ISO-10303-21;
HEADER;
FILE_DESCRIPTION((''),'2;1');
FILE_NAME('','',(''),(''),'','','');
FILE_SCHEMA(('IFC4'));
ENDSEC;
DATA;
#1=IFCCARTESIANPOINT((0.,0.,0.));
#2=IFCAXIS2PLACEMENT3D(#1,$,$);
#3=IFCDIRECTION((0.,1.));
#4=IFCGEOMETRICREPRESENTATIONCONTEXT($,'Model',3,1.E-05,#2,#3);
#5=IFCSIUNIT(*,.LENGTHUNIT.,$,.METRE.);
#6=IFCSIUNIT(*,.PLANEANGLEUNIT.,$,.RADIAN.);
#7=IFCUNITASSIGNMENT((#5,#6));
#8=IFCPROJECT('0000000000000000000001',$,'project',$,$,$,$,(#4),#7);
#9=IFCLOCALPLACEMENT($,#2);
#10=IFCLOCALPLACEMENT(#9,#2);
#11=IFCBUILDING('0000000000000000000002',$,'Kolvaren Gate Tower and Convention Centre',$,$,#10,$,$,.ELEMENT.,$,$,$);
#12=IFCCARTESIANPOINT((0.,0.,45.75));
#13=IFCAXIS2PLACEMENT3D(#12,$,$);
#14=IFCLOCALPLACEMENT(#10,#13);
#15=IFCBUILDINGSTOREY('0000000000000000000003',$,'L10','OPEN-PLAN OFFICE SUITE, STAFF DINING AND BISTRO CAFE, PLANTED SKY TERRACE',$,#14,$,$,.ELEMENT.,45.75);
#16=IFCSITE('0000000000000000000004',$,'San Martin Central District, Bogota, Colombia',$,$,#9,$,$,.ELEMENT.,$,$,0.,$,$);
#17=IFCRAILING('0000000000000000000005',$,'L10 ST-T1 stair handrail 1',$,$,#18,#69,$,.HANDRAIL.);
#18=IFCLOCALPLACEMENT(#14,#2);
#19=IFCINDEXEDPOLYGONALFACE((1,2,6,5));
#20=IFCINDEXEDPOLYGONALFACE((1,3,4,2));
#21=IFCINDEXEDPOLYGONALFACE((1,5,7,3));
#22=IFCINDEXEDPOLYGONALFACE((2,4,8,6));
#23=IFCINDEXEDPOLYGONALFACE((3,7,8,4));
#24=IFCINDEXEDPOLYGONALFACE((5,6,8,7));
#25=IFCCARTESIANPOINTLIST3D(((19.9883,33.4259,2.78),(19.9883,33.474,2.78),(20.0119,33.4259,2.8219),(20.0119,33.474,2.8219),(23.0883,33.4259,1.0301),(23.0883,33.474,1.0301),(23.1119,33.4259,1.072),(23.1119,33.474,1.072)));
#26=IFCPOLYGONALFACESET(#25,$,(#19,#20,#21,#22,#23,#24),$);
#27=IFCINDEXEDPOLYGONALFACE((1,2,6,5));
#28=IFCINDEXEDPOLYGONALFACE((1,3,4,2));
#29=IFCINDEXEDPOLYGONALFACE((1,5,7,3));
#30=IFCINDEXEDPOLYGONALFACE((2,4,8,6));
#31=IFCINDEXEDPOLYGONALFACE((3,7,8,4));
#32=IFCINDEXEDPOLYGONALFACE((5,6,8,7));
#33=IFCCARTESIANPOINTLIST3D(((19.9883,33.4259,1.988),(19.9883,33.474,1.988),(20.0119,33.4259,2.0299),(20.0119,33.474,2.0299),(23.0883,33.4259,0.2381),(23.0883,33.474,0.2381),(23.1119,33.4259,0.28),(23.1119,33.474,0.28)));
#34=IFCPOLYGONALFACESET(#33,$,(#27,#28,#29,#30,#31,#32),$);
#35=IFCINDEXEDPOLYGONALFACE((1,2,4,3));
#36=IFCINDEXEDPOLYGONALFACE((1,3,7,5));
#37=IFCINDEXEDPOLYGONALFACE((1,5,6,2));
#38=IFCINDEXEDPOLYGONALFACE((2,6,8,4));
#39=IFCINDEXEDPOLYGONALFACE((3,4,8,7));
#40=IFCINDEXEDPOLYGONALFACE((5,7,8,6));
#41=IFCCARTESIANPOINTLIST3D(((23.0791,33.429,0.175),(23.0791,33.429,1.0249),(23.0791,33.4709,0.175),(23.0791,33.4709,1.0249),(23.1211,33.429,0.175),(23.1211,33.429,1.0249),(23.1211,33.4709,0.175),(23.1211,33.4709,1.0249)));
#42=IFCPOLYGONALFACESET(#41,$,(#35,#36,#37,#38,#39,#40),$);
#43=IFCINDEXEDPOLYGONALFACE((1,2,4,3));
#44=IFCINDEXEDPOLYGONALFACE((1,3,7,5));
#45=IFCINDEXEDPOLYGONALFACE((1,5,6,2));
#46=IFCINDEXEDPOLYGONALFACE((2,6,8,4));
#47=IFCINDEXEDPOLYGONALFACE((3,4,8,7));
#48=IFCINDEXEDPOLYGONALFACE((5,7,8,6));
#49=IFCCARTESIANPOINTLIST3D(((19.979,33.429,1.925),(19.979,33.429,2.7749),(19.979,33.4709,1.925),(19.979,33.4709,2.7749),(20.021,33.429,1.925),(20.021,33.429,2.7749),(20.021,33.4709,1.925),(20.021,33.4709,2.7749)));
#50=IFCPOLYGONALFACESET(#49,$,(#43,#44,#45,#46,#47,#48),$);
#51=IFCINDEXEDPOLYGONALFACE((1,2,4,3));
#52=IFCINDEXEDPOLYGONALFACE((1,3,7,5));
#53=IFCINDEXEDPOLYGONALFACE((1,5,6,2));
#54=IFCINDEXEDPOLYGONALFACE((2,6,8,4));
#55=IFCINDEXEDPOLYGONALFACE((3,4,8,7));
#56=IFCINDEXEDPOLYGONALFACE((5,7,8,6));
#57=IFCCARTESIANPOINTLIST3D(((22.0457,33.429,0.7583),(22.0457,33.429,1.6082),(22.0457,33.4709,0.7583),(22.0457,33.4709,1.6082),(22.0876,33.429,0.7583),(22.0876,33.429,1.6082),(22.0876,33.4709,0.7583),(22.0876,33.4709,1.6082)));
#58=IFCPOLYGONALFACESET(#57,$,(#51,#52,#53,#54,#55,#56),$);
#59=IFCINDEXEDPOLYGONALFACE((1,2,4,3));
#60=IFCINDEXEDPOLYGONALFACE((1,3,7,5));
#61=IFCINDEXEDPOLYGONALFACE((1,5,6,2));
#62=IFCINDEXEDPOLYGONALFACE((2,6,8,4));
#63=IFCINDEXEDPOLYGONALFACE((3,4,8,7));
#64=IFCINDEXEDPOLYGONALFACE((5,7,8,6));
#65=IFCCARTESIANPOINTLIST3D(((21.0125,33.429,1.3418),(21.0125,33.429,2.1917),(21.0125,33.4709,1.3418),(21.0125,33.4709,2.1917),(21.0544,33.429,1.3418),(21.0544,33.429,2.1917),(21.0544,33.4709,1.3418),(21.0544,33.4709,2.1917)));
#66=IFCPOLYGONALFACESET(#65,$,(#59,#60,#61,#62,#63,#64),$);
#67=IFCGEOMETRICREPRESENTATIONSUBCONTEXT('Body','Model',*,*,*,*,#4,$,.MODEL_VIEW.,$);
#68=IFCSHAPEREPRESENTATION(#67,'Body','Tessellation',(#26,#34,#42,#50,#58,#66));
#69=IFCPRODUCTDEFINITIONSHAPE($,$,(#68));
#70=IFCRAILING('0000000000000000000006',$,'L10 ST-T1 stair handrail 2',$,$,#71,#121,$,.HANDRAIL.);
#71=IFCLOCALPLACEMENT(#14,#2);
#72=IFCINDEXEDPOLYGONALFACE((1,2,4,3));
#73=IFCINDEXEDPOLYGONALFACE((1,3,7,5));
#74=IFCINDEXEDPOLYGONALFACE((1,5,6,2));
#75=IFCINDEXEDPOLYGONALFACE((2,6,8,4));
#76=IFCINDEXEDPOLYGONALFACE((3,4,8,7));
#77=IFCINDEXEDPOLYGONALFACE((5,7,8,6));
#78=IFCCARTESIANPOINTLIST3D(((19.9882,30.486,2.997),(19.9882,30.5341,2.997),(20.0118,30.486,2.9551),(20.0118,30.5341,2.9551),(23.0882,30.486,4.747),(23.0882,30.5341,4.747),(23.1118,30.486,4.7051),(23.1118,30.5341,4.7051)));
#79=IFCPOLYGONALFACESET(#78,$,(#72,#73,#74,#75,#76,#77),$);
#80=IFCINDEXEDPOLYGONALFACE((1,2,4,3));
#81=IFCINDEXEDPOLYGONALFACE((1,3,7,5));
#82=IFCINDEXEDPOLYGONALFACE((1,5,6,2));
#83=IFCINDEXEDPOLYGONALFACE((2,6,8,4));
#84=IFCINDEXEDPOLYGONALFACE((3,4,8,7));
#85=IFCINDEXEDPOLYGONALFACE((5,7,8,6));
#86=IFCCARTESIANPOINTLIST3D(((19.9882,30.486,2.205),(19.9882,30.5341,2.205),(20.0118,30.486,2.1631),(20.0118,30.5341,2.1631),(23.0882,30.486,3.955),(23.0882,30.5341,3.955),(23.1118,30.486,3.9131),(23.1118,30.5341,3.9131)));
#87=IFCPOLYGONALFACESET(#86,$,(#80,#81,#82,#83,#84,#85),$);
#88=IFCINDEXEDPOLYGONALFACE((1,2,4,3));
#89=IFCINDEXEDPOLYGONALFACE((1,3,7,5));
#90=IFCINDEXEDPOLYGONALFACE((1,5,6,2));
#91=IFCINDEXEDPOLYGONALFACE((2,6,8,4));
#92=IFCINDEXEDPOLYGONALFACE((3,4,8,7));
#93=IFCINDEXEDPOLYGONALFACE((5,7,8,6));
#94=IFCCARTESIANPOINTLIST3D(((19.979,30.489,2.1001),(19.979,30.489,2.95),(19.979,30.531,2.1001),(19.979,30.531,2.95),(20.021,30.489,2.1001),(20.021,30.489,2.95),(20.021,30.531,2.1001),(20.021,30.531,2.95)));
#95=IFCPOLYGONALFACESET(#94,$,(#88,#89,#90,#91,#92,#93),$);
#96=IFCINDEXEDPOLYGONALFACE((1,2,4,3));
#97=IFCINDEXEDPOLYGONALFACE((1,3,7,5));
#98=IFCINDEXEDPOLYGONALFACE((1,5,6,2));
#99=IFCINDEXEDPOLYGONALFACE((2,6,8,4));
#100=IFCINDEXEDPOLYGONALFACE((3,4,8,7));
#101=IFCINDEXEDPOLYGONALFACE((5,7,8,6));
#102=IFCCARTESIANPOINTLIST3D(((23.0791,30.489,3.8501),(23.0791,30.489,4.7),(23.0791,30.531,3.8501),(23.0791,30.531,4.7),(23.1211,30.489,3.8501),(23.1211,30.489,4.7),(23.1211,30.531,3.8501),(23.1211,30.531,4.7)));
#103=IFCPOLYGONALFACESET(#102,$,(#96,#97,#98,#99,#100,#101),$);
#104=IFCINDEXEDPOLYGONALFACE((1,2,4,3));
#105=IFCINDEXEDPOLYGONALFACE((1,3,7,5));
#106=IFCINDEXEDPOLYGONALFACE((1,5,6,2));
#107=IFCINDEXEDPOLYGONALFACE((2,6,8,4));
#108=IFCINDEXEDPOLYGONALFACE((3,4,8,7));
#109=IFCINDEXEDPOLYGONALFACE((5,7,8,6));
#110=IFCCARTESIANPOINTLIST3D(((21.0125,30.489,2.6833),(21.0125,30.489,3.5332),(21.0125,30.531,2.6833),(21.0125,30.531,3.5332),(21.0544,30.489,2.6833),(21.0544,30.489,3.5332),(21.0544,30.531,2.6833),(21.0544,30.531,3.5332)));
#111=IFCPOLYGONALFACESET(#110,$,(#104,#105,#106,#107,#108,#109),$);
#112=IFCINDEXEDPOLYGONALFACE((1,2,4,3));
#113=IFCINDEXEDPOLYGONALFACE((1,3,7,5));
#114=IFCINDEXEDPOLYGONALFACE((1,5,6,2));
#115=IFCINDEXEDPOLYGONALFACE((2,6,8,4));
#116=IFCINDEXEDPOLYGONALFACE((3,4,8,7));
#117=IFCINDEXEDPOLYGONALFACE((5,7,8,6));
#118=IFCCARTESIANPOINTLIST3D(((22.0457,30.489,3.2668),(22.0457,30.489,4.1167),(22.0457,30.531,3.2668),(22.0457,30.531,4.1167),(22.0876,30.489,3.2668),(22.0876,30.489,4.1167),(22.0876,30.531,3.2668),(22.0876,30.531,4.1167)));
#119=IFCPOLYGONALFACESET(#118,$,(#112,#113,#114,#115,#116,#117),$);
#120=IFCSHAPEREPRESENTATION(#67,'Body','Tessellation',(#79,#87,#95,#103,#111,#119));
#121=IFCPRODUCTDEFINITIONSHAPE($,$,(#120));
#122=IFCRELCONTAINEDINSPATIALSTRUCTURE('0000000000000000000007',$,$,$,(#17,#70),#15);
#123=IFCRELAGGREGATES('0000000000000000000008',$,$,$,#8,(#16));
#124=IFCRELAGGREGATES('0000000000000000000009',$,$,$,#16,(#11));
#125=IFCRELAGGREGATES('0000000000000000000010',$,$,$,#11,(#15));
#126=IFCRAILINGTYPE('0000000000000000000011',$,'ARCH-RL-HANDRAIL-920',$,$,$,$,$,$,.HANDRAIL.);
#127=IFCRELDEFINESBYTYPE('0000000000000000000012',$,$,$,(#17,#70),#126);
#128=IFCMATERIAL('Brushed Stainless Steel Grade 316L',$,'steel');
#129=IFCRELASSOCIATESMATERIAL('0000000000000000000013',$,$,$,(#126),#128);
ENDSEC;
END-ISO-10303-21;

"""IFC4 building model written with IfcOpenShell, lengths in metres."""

from ifc_helpers import new_model, si_unit, direction, frame, origin, origin_2d, place, context, subcontext, project, spatial, rectangle, extrude, material, type_object, element, save


model = new_model("IFC4")

# Units and contexts
model_context = context("Model", 3, precision=1e-05, world=origin(), true_north=direction((0.0, 1.0)))
body_context = subcontext(model_context, "Body", "Model", "MODEL_VIEW")
ifc_project = project(units=[si_unit("LENGTHUNIT", "METRE"), si_unit("PLANEANGLEUNIT", "RADIAN")], contexts=[model_context])

# Site, building, storey
site_placement = place(None, origin())
site = spatial("IfcSite", under=ifc_project, at=site_placement, Name="San Martin Central District, Bogota, Colombia", CompositionType="ELEMENT", RefElevation=0.0)
building_placement = place(site_placement, origin())
building = spatial("IfcBuilding", under=site, at=building_placement, Name="Kolvaren Gate Tower and Convention Centre", CompositionType="ELEMENT")
storey_placement = place(building_placement, frame((0.0, 0.0, 45.75)))
storey = spatial("IfcBuildingStorey", under=building, at=storey_placement, Name="L10", Description="OPEN-PLAN OFFICE SUITE, STAFF DINING AND BISTRO CAFE, PLANTED SKY TERRACE", CompositionType="ELEMENT", Elevation=45.75)

# Shared definitions
ifc_material_1 = material(Name="Brushed Stainless Steel Grade 316L", Category="steel")

# Railings
railing_type_1 = type_object("IfcRailingType", Name="ARCH-RL-HANDRAIL-920", PredefinedType="HANDRAIL", material=ifc_material_1)
railing_1_placement = place(storey_placement, frame((23.1001, 33.45, 0.175)))
element("IfcRailing", 1, at=railing_1_placement, inside=storey, type_object=railing_type_1, Name="L10 ST-T1 stair handrail 1", PredefinedType="HANDRAIL", context=body_context, shape_type="SweptSolid", body=[
    extrude(rectangle(XDim=0.0481, YDim=0.0481, at=origin_2d()), frame((0.0, 0.0, 0.876), z_axis=(-0.870831, 0.0, 0.491583), x_axis=(0.0, -1.0, 0.0)), (0.0, 0.0, 1.0), 3.5598),
    extrude(rectangle(XDim=0.0481, YDim=0.0481, at=origin_2d()), frame((0.0, 0.0, 0.084), z_axis=(-0.870831, 0.0, 0.491583), x_axis=(0.0, -1.0, 0.0)), (0.0, 0.0, 1.0), 3.5598),
    extrude(rectangle(XDim=0.042, YDim=0.042, at=origin_2d()), origin(), (0.0, 0.0, 1.0), 0.8499),
    extrude(rectangle(XDim=0.042, YDim=0.042, at=origin_2d()), frame((-3.1001, 0.0, 1.75)), (0.0, 0.0, 1.0), 0.8499),
    extrude(rectangle(XDim=0.042, YDim=0.042, at=origin_2d()), frame((-1.0334, 0.0, 0.5833)), (0.0, 0.0, 1.0), 0.8499),
    extrude(rectangle(XDim=0.042, YDim=0.042, at=origin_2d()), frame((-2.0667, 0.0, 1.1667)), (0.0, 0.0, 1.0), 0.8499),
])
railing_2_placement = place(storey_placement, frame((20.0, 30.51, 2.1001)))
element("IfcRailing", 2, at=railing_2_placement, inside=storey, type_object=railing_type_1, Name="L10 ST-T1 stair handrail 2", PredefinedType="HANDRAIL", context=body_context, shape_type="SweptSolid", body=[
    extrude(rectangle(XDim=0.0481, YDim=0.0481, at=origin_2d()), frame((0.0, 0.0, 0.876), z_axis=(0.870831, 0.0, 0.491583), x_axis=(0.0, 1.0, 0.0)), (0.0, 0.0, 1.0), 3.5598),
    extrude(rectangle(XDim=0.0481, YDim=0.0481, at=origin_2d()), frame((0.0, 0.0, 0.084), z_axis=(0.870831, 0.0, 0.491583), x_axis=(0.0, 1.0, 0.0)), (0.0, 0.0, 1.0), 3.5598),
    extrude(rectangle(XDim=0.042, YDim=0.042, at=origin_2d()), origin(), (0.0, 0.0, 1.0), 0.8499),
    extrude(rectangle(XDim=0.042, YDim=0.042, at=origin_2d()), frame((3.1001, 0.0, 1.75)), (0.0, 0.0, 1.0), 0.8499),
    extrude(rectangle(XDim=0.042, YDim=0.042, at=origin_2d()), frame((1.0334, 0.0, 0.5833)), (0.0, 0.0, 1.0), 0.8499),
    extrude(rectangle(XDim=0.042, YDim=0.042, at=origin_2d()), frame((2.0667, 0.0, 1.1667)), (0.0, 0.0, 1.0), 0.8499),
])

save(model, "model.ifc")
